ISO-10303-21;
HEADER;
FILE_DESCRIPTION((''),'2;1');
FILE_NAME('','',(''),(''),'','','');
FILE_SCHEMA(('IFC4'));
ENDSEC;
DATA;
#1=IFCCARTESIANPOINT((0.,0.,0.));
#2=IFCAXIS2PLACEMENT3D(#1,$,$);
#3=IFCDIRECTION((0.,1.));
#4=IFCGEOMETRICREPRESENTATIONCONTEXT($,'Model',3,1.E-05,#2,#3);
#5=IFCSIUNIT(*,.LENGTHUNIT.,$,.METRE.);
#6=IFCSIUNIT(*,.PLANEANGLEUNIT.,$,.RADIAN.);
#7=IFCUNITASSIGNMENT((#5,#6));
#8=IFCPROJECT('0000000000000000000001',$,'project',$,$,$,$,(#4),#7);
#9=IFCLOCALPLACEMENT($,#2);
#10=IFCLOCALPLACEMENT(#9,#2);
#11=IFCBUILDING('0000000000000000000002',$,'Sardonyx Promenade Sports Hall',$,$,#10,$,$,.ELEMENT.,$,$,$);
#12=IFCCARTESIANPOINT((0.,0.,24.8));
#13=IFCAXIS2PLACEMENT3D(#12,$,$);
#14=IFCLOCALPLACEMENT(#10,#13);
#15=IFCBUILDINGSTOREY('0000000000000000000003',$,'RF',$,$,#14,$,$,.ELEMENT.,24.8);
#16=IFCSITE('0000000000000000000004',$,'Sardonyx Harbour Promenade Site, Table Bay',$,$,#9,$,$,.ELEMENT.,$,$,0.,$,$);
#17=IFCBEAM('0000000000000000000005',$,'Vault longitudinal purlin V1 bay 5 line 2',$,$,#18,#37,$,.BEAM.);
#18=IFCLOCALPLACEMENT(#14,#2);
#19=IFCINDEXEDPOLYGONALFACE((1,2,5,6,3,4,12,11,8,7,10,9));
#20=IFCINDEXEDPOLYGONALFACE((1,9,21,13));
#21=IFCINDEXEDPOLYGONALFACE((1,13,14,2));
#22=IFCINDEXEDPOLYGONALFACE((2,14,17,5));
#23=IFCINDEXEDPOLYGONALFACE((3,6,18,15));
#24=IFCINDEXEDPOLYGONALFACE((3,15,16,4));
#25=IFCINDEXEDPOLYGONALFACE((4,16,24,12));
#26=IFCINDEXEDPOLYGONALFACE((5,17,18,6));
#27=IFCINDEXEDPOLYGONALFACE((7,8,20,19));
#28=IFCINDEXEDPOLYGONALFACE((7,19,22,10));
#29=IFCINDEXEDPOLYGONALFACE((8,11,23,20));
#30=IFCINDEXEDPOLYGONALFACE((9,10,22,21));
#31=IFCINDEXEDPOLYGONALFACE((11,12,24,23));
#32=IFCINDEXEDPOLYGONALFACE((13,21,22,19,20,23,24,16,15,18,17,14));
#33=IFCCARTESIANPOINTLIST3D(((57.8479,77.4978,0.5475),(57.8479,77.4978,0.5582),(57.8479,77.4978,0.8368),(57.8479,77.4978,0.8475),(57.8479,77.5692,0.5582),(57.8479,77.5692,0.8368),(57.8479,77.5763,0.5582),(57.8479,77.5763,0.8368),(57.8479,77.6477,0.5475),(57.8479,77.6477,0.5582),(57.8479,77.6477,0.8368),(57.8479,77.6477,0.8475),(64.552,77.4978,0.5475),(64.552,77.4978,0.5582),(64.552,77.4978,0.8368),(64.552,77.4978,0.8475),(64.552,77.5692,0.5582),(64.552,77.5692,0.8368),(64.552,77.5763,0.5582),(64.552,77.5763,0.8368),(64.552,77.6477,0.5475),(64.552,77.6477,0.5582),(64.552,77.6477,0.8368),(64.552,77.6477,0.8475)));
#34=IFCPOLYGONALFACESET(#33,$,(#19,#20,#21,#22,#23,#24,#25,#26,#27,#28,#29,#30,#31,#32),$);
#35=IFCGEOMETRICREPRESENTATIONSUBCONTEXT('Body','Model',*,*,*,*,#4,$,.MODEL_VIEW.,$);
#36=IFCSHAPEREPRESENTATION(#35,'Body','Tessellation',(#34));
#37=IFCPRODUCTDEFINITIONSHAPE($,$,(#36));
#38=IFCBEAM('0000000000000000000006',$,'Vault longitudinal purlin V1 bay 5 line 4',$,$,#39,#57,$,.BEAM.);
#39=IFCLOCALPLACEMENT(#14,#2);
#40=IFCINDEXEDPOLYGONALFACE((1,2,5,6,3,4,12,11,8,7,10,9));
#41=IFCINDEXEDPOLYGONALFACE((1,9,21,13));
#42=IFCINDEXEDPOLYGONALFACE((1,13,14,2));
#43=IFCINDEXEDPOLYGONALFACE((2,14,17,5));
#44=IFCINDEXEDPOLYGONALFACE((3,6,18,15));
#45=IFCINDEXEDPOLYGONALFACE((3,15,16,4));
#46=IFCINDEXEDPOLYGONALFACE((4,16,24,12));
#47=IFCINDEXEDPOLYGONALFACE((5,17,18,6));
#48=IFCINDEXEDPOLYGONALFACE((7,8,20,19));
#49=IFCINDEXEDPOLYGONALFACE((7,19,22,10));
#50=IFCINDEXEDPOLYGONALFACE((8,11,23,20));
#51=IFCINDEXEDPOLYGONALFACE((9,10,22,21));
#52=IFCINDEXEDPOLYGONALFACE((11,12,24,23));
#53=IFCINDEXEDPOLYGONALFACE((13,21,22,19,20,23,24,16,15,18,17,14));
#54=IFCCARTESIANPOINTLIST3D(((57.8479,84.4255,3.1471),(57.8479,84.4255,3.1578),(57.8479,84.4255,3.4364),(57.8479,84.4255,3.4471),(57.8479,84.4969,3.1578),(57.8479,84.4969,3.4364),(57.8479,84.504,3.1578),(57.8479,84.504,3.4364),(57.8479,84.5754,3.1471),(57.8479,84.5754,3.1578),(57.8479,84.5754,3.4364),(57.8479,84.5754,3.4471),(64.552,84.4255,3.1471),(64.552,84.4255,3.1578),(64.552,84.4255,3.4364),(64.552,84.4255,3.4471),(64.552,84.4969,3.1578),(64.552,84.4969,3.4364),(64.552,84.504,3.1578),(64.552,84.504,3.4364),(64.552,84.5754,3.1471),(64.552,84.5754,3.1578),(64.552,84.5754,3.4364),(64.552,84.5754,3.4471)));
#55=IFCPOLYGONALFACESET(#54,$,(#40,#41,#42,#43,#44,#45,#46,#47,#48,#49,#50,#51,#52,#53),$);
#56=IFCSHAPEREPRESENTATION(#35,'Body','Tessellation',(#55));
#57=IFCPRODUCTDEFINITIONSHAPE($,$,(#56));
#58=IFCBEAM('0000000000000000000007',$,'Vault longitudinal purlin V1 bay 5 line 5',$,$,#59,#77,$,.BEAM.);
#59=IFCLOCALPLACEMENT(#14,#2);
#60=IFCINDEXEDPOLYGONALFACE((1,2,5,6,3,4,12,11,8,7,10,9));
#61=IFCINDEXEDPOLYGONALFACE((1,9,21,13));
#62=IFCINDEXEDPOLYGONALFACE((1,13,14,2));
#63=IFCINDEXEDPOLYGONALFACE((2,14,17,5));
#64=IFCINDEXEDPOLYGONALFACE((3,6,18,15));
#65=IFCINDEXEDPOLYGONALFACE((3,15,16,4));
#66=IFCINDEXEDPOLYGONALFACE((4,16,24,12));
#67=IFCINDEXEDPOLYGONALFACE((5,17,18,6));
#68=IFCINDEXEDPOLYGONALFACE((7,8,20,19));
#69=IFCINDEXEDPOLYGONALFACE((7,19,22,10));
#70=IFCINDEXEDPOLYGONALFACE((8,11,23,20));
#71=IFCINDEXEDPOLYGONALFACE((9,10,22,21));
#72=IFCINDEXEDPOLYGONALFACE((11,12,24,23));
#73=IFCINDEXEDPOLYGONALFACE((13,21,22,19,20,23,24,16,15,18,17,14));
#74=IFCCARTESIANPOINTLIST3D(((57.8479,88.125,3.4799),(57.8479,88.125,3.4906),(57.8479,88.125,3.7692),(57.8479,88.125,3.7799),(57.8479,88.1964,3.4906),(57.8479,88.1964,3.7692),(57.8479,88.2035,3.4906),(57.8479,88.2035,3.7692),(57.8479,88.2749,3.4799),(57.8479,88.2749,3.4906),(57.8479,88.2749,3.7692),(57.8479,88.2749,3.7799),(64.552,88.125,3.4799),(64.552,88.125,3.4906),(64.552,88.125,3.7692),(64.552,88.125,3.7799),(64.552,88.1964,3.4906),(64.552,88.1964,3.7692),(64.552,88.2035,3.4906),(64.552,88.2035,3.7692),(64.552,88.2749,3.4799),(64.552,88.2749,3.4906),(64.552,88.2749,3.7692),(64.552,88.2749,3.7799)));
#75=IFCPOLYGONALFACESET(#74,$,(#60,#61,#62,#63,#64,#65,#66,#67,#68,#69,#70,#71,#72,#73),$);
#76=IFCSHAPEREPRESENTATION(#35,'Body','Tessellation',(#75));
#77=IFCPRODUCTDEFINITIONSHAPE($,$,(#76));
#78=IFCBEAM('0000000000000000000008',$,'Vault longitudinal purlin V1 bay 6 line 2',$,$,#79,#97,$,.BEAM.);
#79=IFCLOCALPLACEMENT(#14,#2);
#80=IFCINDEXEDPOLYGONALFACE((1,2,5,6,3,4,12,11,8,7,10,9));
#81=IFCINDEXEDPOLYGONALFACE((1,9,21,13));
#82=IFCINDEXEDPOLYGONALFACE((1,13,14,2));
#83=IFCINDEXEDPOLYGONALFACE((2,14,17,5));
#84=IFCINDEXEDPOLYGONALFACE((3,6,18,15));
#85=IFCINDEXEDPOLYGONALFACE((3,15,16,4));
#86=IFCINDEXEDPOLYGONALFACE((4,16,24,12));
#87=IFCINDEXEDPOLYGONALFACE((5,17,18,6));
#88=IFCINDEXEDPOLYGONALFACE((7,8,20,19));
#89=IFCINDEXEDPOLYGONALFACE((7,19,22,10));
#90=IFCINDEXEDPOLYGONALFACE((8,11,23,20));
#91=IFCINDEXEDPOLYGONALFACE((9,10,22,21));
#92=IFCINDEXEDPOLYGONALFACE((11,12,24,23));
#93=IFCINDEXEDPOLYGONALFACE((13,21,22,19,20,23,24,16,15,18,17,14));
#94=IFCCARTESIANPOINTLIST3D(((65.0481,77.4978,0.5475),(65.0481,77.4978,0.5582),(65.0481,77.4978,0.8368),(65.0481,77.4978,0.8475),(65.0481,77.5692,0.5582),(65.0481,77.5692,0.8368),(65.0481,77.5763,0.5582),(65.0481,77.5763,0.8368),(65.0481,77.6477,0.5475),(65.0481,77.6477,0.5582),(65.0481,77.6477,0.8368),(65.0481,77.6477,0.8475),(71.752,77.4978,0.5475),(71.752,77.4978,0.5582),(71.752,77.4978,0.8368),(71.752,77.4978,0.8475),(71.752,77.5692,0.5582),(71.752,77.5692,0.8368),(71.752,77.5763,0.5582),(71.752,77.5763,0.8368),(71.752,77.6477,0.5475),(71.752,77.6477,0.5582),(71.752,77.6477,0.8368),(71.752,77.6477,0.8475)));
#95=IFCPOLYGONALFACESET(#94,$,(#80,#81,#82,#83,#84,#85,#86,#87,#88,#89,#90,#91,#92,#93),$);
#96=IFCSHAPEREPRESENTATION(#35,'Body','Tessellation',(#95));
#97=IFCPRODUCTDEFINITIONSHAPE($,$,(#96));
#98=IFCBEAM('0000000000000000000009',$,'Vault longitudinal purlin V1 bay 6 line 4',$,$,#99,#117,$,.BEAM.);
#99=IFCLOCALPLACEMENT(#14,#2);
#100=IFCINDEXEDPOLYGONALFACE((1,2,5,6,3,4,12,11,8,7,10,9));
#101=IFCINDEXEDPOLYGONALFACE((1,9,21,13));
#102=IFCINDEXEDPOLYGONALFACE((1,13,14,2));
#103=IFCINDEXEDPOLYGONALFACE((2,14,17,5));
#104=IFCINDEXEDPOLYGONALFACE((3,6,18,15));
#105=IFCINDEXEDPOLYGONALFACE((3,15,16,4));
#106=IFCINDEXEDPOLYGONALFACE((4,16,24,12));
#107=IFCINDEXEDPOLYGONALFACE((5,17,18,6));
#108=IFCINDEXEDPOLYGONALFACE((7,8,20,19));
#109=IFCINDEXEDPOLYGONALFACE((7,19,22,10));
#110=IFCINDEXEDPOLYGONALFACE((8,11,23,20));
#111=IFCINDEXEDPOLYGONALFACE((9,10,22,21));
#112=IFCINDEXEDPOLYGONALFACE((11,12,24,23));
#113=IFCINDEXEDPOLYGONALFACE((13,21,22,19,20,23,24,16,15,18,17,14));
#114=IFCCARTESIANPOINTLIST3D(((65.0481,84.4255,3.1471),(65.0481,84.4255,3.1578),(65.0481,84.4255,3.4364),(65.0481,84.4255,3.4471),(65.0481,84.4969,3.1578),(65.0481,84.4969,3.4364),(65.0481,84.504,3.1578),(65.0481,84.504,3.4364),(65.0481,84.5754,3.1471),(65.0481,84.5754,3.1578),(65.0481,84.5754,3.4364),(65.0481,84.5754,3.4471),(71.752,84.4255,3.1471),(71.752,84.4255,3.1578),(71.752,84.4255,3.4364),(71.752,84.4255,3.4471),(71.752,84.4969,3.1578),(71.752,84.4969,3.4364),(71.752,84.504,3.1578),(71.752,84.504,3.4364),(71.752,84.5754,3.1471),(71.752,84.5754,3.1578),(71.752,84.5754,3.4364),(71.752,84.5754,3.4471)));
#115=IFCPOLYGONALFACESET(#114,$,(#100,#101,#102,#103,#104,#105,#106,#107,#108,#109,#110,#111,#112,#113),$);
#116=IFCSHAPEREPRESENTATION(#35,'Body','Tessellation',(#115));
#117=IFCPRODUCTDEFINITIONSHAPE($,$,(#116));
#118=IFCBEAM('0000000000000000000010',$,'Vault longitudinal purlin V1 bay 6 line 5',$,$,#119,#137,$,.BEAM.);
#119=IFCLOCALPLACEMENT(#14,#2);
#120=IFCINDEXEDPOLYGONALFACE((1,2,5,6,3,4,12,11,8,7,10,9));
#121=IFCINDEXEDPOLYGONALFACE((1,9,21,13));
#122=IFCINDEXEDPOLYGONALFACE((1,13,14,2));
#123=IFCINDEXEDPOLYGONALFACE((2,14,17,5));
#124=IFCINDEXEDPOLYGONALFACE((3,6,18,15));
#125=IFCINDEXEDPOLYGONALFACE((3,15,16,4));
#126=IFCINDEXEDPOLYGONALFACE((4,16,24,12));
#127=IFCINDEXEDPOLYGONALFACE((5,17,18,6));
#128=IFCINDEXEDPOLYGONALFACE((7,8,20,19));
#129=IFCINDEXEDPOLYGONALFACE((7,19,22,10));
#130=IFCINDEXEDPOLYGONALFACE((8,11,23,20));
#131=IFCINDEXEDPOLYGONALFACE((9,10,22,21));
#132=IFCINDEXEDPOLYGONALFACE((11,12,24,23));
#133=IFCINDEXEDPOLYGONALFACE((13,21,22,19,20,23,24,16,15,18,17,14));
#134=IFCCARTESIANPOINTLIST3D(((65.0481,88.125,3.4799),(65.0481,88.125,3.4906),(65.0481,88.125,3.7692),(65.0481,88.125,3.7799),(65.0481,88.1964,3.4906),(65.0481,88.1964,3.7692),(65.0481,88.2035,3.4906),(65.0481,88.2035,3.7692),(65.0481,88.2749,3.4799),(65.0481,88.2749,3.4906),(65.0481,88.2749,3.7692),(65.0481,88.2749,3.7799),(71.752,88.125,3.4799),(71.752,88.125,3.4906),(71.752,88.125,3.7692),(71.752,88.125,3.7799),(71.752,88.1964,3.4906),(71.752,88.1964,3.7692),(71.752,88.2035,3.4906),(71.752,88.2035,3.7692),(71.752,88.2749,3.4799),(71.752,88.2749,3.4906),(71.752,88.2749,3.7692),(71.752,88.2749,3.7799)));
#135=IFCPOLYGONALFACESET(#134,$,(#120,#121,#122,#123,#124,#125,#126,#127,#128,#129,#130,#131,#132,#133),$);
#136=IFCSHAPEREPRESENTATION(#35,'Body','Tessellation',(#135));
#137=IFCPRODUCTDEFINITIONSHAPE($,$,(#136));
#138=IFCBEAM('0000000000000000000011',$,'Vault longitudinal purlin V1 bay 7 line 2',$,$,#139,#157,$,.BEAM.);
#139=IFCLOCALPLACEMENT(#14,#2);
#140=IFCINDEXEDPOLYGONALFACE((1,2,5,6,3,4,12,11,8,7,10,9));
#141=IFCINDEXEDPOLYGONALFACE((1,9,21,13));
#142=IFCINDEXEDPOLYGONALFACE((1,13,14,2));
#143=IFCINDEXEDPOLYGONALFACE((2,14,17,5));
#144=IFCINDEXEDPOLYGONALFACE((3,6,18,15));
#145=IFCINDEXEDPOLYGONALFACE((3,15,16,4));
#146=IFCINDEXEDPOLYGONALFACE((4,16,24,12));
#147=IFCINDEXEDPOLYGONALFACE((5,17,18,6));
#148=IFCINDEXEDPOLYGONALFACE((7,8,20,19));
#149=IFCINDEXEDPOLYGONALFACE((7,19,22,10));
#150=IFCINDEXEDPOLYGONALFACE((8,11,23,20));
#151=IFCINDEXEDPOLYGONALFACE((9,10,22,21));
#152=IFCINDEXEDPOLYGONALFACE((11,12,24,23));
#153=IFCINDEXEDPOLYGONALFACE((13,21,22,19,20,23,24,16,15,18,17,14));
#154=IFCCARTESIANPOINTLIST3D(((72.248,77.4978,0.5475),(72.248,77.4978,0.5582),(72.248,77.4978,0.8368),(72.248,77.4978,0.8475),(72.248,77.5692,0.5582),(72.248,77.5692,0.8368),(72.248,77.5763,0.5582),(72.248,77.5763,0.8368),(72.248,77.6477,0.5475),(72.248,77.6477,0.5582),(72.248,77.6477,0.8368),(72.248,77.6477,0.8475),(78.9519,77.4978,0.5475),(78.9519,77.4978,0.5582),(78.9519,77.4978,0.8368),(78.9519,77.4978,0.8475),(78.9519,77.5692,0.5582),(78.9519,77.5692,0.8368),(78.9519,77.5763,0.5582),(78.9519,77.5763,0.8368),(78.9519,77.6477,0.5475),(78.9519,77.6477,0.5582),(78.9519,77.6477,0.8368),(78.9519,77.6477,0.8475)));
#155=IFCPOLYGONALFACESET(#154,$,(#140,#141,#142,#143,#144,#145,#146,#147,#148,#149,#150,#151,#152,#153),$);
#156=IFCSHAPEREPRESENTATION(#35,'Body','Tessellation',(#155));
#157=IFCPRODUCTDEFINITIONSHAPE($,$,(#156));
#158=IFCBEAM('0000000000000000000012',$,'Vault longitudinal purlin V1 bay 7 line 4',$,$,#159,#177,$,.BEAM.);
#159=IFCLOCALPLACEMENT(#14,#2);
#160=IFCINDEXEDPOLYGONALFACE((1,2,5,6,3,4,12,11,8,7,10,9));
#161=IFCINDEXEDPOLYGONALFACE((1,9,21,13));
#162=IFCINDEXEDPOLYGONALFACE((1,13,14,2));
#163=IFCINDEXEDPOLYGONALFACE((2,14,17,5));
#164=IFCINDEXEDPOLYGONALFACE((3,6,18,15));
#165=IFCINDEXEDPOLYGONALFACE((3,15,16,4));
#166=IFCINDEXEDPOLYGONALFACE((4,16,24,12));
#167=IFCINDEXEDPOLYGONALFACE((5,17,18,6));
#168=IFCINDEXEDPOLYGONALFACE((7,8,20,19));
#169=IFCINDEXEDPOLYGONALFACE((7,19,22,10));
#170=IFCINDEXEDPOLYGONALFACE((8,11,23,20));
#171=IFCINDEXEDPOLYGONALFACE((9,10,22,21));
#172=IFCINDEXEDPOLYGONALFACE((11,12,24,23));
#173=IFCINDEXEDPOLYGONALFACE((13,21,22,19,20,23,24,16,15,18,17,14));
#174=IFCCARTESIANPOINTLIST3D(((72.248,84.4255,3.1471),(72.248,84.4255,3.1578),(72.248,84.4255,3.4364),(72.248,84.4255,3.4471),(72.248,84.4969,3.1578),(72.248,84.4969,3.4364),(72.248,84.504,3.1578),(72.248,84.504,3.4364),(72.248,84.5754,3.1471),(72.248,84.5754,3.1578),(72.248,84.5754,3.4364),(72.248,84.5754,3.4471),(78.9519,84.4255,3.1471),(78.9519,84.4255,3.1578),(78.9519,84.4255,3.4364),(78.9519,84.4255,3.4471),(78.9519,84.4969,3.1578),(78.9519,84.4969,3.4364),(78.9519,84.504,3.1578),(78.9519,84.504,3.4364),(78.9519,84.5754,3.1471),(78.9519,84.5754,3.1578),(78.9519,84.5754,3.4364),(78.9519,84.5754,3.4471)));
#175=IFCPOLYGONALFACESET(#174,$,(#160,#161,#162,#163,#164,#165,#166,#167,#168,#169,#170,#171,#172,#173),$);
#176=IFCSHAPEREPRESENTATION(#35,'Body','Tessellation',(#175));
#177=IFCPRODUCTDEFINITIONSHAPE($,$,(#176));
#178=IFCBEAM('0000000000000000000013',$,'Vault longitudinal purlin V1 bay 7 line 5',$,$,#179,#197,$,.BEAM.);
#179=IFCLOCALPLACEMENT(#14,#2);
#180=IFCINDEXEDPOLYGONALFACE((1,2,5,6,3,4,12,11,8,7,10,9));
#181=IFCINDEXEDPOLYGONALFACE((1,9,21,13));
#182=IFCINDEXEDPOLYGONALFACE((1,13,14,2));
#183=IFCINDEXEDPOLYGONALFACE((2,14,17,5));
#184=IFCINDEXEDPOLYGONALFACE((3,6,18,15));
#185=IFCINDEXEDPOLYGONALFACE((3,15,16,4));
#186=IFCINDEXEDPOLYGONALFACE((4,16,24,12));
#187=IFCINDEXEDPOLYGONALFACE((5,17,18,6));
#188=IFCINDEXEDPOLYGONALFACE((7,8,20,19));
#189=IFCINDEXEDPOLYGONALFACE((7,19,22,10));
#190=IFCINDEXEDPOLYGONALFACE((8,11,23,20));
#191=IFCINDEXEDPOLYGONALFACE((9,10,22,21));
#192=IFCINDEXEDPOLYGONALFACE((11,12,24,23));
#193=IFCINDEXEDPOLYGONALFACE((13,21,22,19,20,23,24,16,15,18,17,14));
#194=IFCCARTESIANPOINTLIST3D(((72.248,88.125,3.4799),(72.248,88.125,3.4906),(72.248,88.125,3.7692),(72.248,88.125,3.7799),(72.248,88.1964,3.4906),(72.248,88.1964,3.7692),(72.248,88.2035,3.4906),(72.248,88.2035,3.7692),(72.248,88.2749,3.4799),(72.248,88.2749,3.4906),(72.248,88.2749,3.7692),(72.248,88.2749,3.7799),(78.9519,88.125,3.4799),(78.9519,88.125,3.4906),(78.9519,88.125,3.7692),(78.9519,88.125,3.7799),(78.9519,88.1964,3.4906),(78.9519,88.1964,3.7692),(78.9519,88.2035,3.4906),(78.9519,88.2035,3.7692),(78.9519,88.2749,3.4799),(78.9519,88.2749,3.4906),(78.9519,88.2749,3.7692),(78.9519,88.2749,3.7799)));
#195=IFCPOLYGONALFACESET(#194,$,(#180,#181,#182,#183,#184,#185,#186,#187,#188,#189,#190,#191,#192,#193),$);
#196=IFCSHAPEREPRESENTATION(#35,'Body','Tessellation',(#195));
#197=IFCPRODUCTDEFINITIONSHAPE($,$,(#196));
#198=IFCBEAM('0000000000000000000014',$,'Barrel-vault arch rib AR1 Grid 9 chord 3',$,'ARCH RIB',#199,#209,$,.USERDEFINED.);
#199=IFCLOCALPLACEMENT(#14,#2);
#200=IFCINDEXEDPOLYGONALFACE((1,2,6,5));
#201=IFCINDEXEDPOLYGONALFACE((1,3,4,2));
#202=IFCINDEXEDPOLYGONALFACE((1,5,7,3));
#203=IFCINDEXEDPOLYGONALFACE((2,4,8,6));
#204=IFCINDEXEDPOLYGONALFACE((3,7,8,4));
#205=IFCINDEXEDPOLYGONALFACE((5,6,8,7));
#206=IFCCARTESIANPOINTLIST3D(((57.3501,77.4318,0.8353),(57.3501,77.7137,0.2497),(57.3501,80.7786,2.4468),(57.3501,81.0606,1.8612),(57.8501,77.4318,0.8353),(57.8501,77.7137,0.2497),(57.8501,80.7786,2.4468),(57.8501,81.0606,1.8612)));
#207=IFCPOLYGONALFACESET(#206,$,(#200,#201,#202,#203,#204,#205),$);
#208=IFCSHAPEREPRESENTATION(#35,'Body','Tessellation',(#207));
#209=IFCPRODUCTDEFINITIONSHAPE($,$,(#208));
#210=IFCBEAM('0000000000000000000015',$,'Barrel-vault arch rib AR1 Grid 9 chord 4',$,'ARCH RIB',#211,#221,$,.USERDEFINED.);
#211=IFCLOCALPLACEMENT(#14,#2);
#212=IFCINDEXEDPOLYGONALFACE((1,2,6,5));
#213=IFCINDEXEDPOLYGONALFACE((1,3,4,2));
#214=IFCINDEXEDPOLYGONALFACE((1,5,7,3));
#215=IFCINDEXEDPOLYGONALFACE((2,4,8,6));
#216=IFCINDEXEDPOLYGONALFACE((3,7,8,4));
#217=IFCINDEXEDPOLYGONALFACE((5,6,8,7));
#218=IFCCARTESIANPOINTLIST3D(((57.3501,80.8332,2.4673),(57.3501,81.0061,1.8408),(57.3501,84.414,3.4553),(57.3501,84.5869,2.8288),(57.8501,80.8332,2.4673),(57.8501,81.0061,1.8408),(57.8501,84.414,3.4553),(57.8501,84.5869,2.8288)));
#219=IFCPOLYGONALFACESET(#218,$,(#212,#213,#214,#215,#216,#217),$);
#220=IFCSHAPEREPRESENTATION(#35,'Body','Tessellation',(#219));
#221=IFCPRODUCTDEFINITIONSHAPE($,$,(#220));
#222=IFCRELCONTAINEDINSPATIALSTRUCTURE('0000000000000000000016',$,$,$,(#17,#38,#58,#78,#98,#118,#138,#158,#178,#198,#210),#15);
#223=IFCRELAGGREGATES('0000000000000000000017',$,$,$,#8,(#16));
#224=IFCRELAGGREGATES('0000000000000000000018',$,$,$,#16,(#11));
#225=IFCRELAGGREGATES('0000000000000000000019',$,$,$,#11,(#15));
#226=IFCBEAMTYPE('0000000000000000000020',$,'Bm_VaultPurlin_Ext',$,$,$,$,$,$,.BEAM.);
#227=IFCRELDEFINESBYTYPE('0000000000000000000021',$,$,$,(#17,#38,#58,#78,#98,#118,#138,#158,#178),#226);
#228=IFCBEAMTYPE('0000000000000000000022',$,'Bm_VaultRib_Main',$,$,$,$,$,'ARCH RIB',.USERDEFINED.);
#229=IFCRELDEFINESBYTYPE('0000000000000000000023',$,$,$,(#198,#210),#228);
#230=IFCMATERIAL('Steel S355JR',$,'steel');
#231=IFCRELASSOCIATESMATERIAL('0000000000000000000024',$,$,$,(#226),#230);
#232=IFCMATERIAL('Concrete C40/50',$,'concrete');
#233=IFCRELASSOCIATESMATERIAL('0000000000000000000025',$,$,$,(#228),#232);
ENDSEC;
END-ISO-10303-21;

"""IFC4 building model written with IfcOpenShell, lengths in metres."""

from ifc_helpers import new_model, si_unit, direction, frame, origin, origin_2d, place, context, subcontext, project, spatial, rectangle, i_section, extrude, material, material_profile, profile_set, type_object, element, save


model = new_model("IFC4")

# Units and contexts
model_context = context("Model", 3, precision=1e-05, world=origin(), true_north=direction((0.0, 1.0)))
body_context = subcontext(model_context, "Body", "Model", "MODEL_VIEW")
ifc_project = project(units=[si_unit("LENGTHUNIT", "METRE"), si_unit("PLANEANGLEUNIT", "RADIAN")], contexts=[model_context])

# Site, building, storey
site_placement = place(None, origin())
site = spatial("IfcSite", under=ifc_project, at=site_placement, Name="Sardonyx Harbour Promenade Site, Table Bay", CompositionType="ELEMENT", RefElevation=0.0)
building_placement = place(site_placement, origin())
building = spatial("IfcBuilding", under=site, at=building_placement, Name="Sardonyx Promenade Sports Hall", CompositionType="ELEMENT")
storey_placement = place(building_placement, frame((0.0, 0.0, 24.8)))
storey = spatial("IfcBuildingStorey", under=building, at=storey_placement, Name="RF", CompositionType="ELEMENT", Elevation=24.8)

# Beams
ifc_material_1 = material(Name="Steel S355JR", Category="steel")
ifc_material_profile_1 = material_profile(ifc_material_1, i_section(OverallWidth=0.1499, OverallDepth=0.3, WebThickness=0.0071, FlangeThickness=0.0107, at=origin_2d()))
ifc_profile_set_1 = profile_set([ifc_material_profile_1], Name="Steel S355JR")
beam_type_1 = type_object("IfcBeamType", Name="Bm_VaultPurlin_Ext", PredefinedType="BEAM", material=ifc_profile_set_1)
for number, where, z_axis, x_axis, name in (
    (1, (57.8479, 77.5728, 0.6975), (1.0, 0.0, 0.0), (0.0, 1.0, 0.0), "Vault longitudinal purlin V1 bay 5 line 2"),
    (2, (57.8479, 84.5005, 3.2971), (1.0, 0.0, 0.0), (0.0, 1.0, 0.0), "Vault longitudinal purlin V1 bay 5 line 4"),
    (3, (57.8479, 88.2, 3.6299), (1.0, 0.0, 0.0), (0.0, 1.0, 0.0), "Vault longitudinal purlin V1 bay 5 line 5"),
):
    element("IfcBeam", number, at=place(storey_placement, frame(where, z_axis=z_axis, x_axis=x_axis)), inside=storey, type_object=beam_type_1, Name=name, PredefinedType="BEAM", context=body_context, shape_type="SweptSolid", body=[
        extrude(i_section(OverallWidth=0.1499, OverallDepth=0.3, WebThickness=0.0071, FlangeThickness=0.0107, at=origin_2d()), origin(), (0.0, 0.0, 1.0), 6.7041),
    ])
for number, where, z_axis, x_axis, name in (
    (4, (65.0481, 77.5728, 0.6975), (1.0, 0.0, 0.0), (0.0, 1.0, 0.0), "Vault longitudinal purlin V1 bay 6 line 2"),
    (5, (65.0481, 84.5005, 3.2971), (1.0, 0.0, 0.0), (0.0, 1.0, 0.0), "Vault longitudinal purlin V1 bay 6 line 4"),
    (6, (65.0481, 88.2, 3.6299), (1.0, 0.0, 0.0), (0.0, 1.0, 0.0), "Vault longitudinal purlin V1 bay 6 line 5"),
    (7, (72.248, 77.5728, 0.6975), (1.0, 0.0, 0.0), (0.0, 1.0, 0.0), "Vault longitudinal purlin V1 bay 7 line 2"),
    (8, (72.248, 84.5005, 3.2971), (1.0, 0.0, 0.0), (0.0, 1.0, 0.0), "Vault longitudinal purlin V1 bay 7 line 4"),
    (9, (72.248, 88.2, 3.6299), (1.0, 0.0, 0.0), (0.0, 1.0, 0.0), "Vault longitudinal purlin V1 bay 7 line 5"),
):
    element("IfcBeam", number, at=place(storey_placement, frame(where, z_axis=z_axis, x_axis=x_axis)), inside=storey, type_object=beam_type_1, Name=name, PredefinedType="BEAM", context=body_context, shape_type="SweptSolid", body=[
        extrude(i_section(OverallWidth=0.1499, OverallDepth=0.3, WebThickness=0.0071, FlangeThickness=0.0107, at=origin_2d()), origin(), (0.0, 0.0, 1.0), 6.7039),
    ])
ifc_material_2 = material(Name="Concrete C40/50", Category="concrete")
ifc_material_profile_2 = material_profile(ifc_material_2, rectangle(XDim=0.5, YDim=0.6499, at=origin_2d()))
ifc_profile_set_2 = profile_set([ifc_material_profile_2], Name="Concrete C40/50")
beam_type_2 = type_object("IfcBeamType", Name="Bm_VaultRib_Main", ElementType="ARCH RIB", PredefinedType="USERDEFINED", material=ifc_profile_set_2)
for number, where, z_axis, x_axis, name in (
    (10, (57.6001, 77.5728, 0.5425), (0.0, 0.900992, 0.433835), (-1.0, 0.0, 0.0), "Barrel-vault arch rib AR1 Grid 9 chord 3"),
    (11, (57.6001, 80.9197, 2.1541), (0.0, 0.963977, 0.265986), (-1.0, 0.0, 0.0), "Barrel-vault arch rib AR1 Grid 9 chord 4"),
):
    element("IfcBeam", number, at=place(storey_placement, frame(where, z_axis=z_axis, x_axis=x_axis)), inside=storey, type_object=beam_type_2, Name=name, ObjectType="ARCH RIB", PredefinedType="USERDEFINED", context=body_context, shape_type="SweptSolid", body=[
        extrude(rectangle(XDim=0.5, YDim=0.6499, at=origin_2d()), origin(), (0.0, 0.0, 1.0), 3.7146),
    ])

save(model, "model.ifc")
